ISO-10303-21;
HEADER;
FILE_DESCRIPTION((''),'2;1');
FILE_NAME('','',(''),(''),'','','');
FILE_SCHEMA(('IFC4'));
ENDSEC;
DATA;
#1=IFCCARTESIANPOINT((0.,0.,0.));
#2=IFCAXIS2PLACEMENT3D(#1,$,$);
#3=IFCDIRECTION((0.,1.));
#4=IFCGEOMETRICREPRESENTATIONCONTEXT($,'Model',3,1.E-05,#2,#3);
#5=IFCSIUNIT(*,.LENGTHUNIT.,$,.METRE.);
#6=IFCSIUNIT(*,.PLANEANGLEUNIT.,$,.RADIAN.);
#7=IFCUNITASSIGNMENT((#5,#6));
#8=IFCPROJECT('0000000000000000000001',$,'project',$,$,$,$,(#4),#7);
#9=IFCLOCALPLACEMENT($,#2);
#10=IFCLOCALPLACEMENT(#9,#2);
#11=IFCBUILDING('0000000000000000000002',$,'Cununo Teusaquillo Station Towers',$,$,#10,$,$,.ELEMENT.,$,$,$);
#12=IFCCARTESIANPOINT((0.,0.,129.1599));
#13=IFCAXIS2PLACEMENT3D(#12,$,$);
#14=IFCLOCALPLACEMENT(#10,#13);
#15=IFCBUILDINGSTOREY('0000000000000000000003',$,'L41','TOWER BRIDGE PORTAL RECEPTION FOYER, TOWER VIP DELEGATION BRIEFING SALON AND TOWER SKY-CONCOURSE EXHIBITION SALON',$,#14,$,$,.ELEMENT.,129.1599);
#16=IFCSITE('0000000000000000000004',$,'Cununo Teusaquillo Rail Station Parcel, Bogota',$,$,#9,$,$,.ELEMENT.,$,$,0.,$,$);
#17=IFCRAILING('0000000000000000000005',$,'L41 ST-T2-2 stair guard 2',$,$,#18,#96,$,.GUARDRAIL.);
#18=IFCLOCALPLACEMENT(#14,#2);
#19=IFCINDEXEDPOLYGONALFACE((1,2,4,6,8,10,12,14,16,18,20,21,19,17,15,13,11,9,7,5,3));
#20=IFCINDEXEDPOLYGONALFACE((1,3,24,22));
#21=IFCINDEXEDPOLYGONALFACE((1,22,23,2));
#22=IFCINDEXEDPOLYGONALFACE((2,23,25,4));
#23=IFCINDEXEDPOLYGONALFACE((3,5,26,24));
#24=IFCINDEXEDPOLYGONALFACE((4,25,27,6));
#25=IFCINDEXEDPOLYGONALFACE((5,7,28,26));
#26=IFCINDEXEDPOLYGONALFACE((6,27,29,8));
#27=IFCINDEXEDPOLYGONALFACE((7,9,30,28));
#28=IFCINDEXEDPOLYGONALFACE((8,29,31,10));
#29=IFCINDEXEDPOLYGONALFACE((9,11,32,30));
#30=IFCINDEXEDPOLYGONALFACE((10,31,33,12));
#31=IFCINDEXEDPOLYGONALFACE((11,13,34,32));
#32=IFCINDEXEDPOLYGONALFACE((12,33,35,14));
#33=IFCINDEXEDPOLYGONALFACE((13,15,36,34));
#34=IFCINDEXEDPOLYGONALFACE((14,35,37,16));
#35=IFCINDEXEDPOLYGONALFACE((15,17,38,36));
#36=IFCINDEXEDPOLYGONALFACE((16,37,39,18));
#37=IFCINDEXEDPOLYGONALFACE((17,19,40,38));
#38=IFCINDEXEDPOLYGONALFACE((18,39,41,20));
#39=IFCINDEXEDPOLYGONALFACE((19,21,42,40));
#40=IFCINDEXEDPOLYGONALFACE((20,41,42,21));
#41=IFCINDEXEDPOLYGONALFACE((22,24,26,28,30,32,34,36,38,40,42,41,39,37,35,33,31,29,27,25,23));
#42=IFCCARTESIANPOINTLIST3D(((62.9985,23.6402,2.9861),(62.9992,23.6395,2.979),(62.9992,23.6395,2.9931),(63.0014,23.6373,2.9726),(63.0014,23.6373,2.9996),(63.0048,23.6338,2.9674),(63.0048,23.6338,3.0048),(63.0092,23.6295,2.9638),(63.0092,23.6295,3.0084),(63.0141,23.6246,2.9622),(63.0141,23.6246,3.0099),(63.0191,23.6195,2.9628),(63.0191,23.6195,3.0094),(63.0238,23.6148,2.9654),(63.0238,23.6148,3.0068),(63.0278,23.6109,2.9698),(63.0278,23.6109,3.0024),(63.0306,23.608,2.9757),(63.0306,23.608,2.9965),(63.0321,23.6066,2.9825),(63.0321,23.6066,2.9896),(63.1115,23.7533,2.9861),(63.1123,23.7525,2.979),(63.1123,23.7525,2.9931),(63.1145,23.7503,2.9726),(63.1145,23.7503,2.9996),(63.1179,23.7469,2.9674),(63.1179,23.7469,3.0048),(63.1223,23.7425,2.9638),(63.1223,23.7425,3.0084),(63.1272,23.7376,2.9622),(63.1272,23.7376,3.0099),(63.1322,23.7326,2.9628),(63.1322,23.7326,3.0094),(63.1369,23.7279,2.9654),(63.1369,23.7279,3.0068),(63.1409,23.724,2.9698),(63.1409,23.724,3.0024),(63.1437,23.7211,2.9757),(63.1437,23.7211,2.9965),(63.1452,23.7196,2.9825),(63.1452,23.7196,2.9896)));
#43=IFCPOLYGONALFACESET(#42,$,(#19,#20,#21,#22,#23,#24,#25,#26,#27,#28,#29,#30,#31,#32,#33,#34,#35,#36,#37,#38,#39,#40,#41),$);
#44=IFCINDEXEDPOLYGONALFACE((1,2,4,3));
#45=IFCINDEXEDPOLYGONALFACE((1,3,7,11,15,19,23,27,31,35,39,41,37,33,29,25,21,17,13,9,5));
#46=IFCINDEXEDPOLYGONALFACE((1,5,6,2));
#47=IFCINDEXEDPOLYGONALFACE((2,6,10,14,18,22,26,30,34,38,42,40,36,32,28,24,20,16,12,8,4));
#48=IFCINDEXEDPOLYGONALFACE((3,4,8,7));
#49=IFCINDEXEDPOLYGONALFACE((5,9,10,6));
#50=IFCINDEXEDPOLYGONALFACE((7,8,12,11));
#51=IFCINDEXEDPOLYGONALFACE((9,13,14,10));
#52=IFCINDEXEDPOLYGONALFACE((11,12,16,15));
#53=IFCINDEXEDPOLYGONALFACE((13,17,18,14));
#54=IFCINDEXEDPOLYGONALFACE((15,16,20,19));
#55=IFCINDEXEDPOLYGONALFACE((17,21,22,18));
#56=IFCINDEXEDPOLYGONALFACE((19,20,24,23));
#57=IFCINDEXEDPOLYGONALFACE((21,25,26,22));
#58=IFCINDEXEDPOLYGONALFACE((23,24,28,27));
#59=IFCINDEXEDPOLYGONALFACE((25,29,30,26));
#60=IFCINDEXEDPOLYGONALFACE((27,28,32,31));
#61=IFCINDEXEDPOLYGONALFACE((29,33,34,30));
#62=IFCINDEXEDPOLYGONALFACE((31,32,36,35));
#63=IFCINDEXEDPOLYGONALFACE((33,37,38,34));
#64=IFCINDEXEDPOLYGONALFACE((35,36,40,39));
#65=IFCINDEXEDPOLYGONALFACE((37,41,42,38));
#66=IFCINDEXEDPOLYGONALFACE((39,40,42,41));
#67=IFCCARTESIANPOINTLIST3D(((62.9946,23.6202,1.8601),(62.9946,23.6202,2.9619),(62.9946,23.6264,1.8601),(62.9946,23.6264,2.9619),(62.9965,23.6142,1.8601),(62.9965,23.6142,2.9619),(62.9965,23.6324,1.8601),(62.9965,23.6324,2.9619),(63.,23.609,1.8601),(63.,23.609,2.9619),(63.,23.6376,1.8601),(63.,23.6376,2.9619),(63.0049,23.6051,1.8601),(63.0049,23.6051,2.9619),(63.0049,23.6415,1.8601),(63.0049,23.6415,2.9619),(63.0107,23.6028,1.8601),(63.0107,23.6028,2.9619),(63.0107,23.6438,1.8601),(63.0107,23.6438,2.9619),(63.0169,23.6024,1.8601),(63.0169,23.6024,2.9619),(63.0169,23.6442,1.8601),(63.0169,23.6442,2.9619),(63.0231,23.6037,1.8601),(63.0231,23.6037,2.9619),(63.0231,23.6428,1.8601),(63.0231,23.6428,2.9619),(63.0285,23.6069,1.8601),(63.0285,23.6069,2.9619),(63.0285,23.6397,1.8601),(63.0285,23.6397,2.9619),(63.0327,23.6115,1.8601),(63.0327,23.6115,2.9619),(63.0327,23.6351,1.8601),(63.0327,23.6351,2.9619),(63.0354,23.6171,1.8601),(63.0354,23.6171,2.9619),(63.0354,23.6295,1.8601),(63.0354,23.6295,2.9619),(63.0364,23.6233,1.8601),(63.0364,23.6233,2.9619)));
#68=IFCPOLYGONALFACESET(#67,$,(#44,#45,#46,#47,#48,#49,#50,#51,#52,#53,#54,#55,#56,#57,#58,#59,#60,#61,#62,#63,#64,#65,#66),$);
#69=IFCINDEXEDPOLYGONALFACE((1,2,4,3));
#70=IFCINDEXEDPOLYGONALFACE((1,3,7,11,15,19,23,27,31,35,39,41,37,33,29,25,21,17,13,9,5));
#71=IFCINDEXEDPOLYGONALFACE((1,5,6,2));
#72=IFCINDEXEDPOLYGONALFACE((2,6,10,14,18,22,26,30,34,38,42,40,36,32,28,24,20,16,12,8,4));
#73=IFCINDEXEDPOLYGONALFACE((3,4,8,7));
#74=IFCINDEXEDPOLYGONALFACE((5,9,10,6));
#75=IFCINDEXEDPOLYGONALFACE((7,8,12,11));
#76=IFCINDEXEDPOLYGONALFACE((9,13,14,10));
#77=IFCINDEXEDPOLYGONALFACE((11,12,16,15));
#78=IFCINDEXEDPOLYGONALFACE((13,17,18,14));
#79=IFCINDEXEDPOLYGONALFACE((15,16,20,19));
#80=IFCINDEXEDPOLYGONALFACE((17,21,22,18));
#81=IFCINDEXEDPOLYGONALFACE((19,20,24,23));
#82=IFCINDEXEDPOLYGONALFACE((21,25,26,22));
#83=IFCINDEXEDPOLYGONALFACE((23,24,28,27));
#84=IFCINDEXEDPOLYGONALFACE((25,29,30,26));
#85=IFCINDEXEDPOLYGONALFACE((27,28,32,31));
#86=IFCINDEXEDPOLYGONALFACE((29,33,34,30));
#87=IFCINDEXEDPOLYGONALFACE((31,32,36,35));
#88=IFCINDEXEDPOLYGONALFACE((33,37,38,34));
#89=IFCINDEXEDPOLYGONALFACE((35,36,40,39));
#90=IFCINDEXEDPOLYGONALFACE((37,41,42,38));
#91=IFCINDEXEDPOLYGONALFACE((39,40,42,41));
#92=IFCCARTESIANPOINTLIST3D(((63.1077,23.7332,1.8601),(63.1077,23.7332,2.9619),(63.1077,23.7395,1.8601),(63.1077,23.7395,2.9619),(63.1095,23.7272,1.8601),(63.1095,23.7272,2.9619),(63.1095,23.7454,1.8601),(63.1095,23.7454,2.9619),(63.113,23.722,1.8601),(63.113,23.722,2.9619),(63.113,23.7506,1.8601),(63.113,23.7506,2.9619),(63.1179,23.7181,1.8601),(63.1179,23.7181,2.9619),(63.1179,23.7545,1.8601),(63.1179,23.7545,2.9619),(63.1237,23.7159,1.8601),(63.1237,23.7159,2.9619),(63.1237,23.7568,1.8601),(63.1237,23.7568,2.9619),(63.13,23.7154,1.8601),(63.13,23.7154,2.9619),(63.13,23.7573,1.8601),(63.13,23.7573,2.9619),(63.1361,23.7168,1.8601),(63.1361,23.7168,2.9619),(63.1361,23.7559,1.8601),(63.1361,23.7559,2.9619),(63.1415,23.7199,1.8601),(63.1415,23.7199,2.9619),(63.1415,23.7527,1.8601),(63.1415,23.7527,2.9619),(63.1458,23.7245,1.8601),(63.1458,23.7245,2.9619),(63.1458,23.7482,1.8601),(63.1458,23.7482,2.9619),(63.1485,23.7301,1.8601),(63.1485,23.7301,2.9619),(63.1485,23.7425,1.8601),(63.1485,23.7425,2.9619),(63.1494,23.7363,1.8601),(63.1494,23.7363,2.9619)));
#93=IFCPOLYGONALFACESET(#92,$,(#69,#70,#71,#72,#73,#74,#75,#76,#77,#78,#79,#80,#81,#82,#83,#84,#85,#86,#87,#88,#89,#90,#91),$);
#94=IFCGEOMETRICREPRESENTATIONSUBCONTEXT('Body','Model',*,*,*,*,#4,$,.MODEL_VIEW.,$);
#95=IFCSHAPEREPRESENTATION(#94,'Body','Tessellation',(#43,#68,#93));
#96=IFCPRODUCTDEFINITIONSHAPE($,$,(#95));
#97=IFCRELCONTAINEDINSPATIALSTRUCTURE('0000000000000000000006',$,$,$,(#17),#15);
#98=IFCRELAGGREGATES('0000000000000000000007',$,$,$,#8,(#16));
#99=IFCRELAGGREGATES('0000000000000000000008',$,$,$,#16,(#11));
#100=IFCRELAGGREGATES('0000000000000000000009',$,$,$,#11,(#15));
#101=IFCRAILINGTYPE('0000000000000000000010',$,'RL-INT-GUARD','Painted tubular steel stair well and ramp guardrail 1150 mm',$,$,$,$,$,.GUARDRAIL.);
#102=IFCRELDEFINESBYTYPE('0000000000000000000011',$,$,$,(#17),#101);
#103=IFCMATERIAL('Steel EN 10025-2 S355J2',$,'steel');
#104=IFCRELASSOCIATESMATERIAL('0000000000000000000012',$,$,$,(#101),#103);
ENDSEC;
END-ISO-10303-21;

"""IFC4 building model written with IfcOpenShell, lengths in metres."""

from ifc_helpers import new_model, si_unit, direction, frame, origin, origin_2d, place, context, subcontext, project, spatial, circle, extrude, material, type_object, element, save


model = new_model("IFC4")

# Units and contexts
model_context = context("Model", 3, precision=1e-05, world=origin(), true_north=direction((0.0, 1.0)))
body_context = subcontext(model_context, "Body", "Model", "MODEL_VIEW")
ifc_project = project(units=[si_unit("LENGTHUNIT", "METRE"), si_unit("PLANEANGLEUNIT", "RADIAN")], contexts=[model_context])

# Site, building, storey
site_placement = place(None, origin())
site = spatial("IfcSite", under=ifc_project, at=site_placement, Name="Cununo Teusaquillo Rail Station Parcel, Bogota", CompositionType="ELEMENT", RefElevation=0.0)
building_placement = place(site_placement, origin())
building = spatial("IfcBuilding", under=site, at=building_placement, Name="Cununo Teusaquillo Station Towers", CompositionType="ELEMENT")
storey_placement = place(building_placement, frame((0.0, 0.0, 129.1599)))
storey = spatial("IfcBuildingStorey", under=building, at=storey_placement, Name="L41", Description="TOWER BRIDGE PORTAL RECEPTION FOYER, TOWER VIP DELEGATION BRIEFING SALON AND TOWER SKY-CONCOURSE EXHIBITION SALON", CompositionType="ELEMENT", Elevation=129.1599)

# Railing
ifc_material_1 = material(Name="Steel EN 10025-2 S355J2", Category="steel")
railing_type_1 = type_object("IfcRailingType", Name="RL-INT-GUARD", Description="Painted tubular steel stair well and ramp guardrail 1150 mm", PredefinedType="GUARDRAIL", material=ifc_material_1)
railing_1_placement = place(storey_placement, frame((63.0154, 23.6233, 1.8601)))
element("IfcRailing", 1, at=railing_1_placement, inside=storey, type_object=railing_type_1, Name="L41 ST-T2-2 stair guard 2", PredefinedType="GUARDRAIL", context=body_context, shape_type="SweptSolid", body=[
    extrude(circle(Radius=0.0239, at=origin_2d()), frame((0.0, 0.0, 1.126), z_axis=(0.707107, 0.707107, 0.0), x_axis=(-0.707107, 0.707107, 0.0)), (0.0, 0.0, 1.0), 0.1599),
    extrude(circle(Radius=0.021, at=origin_2d()), origin(), (0.0, 0.0, 1.0), 1.1018),
    extrude(circle(Radius=0.021, at=origin_2d()), frame((0.113, 0.113, 0.0)), (0.0, 0.0, 1.0), 1.1018),
])

save(model, "model.ifc")
